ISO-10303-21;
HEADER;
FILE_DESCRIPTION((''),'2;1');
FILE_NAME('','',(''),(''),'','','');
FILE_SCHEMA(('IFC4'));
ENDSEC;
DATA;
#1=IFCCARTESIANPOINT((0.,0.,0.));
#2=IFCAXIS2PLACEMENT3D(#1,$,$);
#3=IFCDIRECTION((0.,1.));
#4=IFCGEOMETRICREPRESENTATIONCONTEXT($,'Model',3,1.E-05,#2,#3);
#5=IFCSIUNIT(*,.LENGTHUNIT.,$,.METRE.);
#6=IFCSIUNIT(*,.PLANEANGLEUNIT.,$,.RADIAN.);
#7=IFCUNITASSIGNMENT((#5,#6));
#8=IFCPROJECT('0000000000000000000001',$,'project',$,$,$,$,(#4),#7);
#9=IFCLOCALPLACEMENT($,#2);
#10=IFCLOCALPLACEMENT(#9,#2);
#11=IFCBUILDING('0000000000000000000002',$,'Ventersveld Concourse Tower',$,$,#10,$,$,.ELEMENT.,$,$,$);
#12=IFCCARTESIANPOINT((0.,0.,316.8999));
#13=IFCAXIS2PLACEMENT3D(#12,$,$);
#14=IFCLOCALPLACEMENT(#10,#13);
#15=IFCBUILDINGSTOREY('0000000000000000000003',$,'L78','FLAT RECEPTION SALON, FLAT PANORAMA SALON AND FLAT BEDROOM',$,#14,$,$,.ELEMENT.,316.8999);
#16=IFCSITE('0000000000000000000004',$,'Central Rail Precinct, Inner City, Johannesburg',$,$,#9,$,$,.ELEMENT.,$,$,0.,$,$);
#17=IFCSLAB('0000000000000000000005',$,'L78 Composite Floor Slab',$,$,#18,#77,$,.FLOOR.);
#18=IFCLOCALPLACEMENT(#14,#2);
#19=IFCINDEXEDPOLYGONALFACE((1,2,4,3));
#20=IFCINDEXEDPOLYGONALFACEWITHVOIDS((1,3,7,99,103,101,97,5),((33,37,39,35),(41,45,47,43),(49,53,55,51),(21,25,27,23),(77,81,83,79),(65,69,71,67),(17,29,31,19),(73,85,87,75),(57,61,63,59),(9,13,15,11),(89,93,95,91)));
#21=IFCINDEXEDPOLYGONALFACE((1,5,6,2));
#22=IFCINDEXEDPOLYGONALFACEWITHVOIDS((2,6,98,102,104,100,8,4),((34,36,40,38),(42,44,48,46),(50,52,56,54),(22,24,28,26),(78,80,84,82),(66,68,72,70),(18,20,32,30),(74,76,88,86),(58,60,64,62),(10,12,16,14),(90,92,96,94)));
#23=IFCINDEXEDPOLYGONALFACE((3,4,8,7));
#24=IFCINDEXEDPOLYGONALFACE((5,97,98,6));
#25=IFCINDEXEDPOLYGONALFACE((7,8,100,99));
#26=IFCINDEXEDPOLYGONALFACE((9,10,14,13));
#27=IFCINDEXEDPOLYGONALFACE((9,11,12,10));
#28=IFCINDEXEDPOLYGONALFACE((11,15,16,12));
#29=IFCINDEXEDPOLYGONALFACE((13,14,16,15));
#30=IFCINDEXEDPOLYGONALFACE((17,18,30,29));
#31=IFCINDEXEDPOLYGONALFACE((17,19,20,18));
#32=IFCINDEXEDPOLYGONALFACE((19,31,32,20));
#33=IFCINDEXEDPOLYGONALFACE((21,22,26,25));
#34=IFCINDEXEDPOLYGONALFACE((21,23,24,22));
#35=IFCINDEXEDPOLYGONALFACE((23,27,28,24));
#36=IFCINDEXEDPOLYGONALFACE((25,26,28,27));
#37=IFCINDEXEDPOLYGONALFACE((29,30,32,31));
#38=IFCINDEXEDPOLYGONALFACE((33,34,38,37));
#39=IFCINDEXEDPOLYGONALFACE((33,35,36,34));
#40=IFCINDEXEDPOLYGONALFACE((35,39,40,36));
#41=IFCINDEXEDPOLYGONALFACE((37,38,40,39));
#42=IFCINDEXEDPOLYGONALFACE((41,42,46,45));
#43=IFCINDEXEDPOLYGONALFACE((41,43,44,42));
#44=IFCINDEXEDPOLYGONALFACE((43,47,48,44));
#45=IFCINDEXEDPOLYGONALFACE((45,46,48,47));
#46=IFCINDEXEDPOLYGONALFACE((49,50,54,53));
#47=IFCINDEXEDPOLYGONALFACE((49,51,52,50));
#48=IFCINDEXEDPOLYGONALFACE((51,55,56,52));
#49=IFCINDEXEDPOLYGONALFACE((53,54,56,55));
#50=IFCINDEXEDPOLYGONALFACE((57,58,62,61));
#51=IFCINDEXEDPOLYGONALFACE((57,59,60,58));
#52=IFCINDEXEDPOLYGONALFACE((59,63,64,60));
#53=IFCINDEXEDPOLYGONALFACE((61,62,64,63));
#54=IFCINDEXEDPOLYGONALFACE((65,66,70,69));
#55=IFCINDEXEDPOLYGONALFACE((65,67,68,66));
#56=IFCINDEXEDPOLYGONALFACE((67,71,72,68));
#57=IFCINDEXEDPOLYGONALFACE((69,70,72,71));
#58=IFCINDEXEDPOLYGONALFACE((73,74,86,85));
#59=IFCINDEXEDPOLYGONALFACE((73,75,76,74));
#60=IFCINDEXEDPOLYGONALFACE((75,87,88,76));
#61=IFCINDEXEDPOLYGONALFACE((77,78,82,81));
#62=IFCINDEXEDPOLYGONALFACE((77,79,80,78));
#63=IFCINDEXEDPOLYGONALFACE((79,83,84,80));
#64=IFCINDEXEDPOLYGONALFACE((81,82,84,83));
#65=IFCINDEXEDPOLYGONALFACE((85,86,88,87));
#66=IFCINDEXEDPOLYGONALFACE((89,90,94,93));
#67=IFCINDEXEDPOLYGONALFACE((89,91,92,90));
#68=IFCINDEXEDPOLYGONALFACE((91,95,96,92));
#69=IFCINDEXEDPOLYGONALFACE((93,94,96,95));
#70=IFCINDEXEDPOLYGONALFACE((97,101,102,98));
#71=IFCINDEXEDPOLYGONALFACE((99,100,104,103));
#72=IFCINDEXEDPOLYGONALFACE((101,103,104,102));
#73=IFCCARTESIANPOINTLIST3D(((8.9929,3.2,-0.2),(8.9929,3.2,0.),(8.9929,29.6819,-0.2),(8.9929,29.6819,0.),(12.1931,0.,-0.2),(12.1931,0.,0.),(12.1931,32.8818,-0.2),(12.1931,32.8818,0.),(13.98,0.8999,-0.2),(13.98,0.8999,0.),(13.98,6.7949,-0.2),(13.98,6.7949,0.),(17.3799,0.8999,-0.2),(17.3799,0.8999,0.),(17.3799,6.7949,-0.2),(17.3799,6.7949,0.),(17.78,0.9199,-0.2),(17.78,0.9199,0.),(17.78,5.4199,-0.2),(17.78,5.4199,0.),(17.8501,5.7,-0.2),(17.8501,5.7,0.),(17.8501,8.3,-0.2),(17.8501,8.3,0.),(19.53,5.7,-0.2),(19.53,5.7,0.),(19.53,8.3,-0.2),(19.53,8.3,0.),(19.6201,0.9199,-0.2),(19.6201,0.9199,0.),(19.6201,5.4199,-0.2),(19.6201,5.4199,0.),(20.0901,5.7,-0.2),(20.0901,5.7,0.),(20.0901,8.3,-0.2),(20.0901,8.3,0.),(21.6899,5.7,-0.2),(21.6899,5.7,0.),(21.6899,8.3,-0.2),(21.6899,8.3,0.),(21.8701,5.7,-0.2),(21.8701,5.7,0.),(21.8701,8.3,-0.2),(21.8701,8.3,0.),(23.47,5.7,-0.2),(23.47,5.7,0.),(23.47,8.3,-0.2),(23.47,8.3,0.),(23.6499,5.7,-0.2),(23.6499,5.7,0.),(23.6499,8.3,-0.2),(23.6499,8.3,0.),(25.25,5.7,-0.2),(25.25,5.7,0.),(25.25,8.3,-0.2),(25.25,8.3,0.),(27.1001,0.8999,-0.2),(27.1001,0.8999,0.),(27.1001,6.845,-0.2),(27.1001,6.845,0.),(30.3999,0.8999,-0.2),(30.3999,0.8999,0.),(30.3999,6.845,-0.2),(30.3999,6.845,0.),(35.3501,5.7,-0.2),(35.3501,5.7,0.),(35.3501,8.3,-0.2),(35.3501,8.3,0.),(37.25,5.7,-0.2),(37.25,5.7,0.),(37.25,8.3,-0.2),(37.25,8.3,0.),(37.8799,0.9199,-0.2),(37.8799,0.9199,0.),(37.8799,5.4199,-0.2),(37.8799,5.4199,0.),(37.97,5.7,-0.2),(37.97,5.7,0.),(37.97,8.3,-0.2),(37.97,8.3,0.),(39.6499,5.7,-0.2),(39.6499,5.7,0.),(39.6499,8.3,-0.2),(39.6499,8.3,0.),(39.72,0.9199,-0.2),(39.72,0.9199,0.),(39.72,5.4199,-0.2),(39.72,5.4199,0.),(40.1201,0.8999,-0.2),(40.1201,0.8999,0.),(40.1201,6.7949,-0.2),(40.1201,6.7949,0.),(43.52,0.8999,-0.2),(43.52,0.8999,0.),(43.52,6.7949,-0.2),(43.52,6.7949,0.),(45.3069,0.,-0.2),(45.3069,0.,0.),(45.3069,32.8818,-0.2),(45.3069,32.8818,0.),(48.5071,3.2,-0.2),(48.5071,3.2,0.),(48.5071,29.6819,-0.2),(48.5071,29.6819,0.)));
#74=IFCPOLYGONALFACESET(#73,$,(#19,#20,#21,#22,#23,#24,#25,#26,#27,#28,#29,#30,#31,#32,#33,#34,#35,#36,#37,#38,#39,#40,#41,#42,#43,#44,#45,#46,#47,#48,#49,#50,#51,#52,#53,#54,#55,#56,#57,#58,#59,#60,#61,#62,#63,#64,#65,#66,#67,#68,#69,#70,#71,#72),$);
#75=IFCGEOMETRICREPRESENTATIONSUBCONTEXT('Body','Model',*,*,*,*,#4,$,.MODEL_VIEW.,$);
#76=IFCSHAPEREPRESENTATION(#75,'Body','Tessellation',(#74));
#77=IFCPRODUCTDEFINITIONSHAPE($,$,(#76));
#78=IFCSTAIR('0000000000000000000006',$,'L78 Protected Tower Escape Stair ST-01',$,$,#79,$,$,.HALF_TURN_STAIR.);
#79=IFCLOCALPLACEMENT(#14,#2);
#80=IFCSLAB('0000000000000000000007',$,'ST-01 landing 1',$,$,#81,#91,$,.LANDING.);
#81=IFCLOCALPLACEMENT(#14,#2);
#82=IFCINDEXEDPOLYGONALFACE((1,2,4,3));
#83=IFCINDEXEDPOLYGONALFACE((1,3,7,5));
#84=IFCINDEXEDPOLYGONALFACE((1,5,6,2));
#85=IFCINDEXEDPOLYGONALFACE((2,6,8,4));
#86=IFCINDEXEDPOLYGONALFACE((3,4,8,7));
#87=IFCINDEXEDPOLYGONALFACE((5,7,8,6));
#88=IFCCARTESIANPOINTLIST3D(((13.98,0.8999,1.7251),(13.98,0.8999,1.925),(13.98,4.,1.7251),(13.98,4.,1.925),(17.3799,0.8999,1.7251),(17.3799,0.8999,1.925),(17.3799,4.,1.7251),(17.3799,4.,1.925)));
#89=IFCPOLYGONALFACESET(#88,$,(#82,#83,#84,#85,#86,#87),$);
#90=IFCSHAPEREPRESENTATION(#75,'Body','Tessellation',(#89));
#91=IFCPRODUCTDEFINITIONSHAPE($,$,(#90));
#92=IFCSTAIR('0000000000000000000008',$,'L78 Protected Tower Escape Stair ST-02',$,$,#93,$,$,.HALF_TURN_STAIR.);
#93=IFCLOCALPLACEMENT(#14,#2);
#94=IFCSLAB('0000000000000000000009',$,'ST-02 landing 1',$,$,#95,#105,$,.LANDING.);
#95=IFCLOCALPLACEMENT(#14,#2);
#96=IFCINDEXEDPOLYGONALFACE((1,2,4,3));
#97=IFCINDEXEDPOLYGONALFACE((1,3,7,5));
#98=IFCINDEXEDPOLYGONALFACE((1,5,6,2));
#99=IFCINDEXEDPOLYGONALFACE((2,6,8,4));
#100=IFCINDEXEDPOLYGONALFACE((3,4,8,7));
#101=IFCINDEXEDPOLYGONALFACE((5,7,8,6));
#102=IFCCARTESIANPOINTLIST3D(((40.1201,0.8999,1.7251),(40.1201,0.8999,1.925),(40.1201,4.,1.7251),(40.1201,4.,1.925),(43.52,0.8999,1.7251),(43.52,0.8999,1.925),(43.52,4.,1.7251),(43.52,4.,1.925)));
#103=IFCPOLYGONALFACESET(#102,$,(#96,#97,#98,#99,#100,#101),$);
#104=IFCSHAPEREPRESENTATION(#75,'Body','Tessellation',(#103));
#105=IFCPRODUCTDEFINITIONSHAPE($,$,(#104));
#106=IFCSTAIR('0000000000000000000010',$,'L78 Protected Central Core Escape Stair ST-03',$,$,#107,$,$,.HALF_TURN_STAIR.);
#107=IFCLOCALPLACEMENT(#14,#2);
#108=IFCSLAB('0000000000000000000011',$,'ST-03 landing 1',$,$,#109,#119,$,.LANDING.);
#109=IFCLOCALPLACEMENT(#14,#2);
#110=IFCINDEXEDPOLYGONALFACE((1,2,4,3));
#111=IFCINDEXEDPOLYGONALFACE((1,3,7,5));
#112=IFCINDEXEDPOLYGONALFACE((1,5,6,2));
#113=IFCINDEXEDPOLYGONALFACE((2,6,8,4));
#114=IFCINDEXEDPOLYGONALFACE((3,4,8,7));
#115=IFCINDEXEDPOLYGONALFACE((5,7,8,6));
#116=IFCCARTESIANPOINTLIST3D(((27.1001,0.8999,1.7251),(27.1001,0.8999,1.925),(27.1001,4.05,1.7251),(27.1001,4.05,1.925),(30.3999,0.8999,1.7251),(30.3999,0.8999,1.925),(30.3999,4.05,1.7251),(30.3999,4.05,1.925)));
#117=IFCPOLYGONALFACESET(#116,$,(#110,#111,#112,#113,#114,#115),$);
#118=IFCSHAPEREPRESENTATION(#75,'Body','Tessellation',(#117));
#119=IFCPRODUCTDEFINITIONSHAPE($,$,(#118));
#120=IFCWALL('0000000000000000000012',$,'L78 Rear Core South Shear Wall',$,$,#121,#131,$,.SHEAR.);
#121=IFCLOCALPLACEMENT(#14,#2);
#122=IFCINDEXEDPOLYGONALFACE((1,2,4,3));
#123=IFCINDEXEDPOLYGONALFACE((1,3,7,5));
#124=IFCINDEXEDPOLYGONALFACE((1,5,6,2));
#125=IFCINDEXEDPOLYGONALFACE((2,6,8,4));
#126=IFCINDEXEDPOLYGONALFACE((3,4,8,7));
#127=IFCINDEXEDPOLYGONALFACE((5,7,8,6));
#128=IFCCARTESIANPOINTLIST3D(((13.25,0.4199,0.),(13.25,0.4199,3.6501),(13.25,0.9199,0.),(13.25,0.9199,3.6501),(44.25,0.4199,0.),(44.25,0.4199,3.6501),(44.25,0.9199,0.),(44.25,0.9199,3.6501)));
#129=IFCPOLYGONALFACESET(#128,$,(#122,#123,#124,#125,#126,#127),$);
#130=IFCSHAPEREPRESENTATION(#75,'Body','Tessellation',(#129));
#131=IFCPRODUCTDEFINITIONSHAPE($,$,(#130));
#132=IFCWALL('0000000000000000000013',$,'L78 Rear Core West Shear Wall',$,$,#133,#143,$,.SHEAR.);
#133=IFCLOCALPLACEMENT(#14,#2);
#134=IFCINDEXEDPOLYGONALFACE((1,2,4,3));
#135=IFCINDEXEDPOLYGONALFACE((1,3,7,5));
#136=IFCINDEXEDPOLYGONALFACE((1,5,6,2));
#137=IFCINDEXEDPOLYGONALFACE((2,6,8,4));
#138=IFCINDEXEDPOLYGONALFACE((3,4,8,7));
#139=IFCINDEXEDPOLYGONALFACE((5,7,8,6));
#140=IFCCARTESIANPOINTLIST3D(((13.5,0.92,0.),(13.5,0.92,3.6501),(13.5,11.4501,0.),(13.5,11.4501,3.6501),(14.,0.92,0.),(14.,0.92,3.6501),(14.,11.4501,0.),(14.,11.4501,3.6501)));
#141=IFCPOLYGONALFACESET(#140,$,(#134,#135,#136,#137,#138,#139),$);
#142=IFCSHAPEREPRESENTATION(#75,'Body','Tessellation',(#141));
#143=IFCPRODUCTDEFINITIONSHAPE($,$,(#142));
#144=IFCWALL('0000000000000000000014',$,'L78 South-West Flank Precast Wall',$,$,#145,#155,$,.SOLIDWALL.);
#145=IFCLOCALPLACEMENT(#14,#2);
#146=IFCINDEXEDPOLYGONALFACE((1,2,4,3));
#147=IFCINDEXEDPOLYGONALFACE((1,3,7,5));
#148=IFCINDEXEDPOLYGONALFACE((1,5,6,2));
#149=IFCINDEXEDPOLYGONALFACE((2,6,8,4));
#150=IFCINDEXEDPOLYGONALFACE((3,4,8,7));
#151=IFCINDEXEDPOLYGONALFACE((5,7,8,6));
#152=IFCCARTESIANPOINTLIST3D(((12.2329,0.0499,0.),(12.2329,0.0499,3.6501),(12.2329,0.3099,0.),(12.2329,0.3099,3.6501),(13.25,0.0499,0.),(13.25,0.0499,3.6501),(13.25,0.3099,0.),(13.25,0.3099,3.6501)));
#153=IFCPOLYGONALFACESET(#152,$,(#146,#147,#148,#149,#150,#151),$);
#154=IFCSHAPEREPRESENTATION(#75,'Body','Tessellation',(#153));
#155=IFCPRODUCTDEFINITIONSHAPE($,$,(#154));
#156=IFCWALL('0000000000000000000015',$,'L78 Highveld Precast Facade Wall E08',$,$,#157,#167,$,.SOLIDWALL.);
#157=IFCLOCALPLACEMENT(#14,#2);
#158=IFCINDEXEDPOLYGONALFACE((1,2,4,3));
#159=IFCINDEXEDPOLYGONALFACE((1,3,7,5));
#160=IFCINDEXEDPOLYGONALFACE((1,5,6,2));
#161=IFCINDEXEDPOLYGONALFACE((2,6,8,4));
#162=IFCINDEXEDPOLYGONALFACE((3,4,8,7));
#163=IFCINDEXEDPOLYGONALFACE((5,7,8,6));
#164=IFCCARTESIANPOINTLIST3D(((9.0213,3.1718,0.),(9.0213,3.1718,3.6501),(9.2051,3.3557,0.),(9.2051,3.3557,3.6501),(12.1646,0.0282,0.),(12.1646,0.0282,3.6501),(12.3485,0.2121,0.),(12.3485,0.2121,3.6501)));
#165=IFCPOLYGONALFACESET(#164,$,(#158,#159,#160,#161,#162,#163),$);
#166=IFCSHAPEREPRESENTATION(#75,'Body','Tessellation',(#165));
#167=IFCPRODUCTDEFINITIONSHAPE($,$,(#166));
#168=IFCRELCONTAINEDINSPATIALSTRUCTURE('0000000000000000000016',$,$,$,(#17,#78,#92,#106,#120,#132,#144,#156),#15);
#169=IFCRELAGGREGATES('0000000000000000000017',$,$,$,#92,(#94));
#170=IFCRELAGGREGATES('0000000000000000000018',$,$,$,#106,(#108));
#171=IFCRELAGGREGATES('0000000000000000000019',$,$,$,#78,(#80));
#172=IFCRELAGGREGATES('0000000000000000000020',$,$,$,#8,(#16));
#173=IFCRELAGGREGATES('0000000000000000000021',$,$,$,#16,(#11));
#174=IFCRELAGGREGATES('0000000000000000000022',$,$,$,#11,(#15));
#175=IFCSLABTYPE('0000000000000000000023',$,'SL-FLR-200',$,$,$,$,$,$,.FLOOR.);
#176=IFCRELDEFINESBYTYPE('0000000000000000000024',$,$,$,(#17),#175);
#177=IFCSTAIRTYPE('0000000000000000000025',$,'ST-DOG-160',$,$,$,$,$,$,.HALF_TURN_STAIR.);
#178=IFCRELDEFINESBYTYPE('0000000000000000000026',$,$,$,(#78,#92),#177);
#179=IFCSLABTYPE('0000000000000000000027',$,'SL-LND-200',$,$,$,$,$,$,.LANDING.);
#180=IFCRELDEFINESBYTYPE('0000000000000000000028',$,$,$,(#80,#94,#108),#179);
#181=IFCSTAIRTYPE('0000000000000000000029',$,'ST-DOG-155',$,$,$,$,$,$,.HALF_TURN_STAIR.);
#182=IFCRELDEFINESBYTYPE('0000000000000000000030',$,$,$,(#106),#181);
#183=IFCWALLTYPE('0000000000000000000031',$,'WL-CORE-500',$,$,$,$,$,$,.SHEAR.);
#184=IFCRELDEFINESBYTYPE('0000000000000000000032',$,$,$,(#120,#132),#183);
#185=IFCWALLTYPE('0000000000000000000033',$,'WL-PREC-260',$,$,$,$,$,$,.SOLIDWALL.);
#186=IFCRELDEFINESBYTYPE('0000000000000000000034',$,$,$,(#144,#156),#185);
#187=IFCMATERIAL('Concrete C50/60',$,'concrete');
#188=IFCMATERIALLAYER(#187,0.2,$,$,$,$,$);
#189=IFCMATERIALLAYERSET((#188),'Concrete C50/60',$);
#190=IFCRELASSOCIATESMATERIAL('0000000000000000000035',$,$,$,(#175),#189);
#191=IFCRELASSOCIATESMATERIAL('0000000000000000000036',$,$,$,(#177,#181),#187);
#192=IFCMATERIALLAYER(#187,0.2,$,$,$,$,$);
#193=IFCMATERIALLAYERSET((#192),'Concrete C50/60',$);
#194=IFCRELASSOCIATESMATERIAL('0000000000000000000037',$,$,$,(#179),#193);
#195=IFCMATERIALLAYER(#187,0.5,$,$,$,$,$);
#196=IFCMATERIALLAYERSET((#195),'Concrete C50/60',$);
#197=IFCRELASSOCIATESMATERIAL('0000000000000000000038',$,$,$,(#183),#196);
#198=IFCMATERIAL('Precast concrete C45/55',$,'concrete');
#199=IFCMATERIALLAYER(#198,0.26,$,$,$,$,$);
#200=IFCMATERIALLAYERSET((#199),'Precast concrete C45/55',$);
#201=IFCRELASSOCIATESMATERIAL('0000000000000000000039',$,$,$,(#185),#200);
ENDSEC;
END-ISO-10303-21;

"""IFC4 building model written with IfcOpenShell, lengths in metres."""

from ifc_helpers import new_model, si_unit, direction, frame, frame_2d, origin, place, context, subcontext, project, spatial, polyline, rectangle, outline, extrude, material, layer, layer_set, type_object, element, aggregate, save


model = new_model("IFC4")

# Units and contexts
model_context = context("Model", 3, precision=1e-05, world=origin(), true_north=direction((0.0, 1.0)))
body_context = subcontext(model_context, "Body", "Model", "MODEL_VIEW")
ifc_project = project(units=[si_unit("LENGTHUNIT", "METRE"), si_unit("PLANEANGLEUNIT", "RADIAN")], contexts=[model_context])

# Site, building, storey
site_placement = place(None, origin())
site = spatial("IfcSite", under=ifc_project, at=site_placement, Name="Central Rail Precinct, Inner City, Johannesburg", CompositionType="ELEMENT", RefElevation=0.0)
building_placement = place(site_placement, origin())
building = spatial("IfcBuilding", under=site, at=building_placement, Name="Ventersveld Concourse Tower", CompositionType="ELEMENT")
storey_placement = place(building_placement, frame((0.0, 0.0, 316.8999)))
storey = spatial("IfcBuildingStorey", under=building, at=storey_placement, Name="L78", Description="FLAT RECEPTION SALON, FLAT PANORAMA SALON AND FLAT BEDROOM", CompositionType="ELEMENT", Elevation=316.8999)

# Shared definitions
ifc_material_1 = material(Name="Concrete C50/60", Category="concrete")

# Slab
ifc_layer_1 = layer(ifc_material_1, 0.2)
ifc_layer_set_1 = layer_set([ifc_layer_1], Name="Concrete C50/60")
slab_type_1 = type_object("IfcSlabType", Name="SL-FLR-200", PredefinedType="FLOOR", material=ifc_layer_set_1)
slab_1_placement = place(storey_placement, frame((0.0, 0.0, -0.2)))
element("IfcSlab", 1, at=slab_1_placement, inside=storey, type_object=slab_type_1, Name="L78 Composite Floor Slab", PredefinedType="FLOOR", context=body_context, shape_type="SweptSolid", body=[
    extrude(outline(polyline([(12.1931, 0.0), (45.3069, 0.0), (48.5071, 3.2), (48.5071, 29.6819), (45.3069, 32.8818), (12.1931, 32.8818), (8.9929, 29.6819), (8.9929, 3.2), (12.1931, 0.0)]), holes=[polyline([(13.98, 6.7949), (13.98, 0.8999), (17.3799, 0.8999), (17.3799, 6.7949), (13.98, 6.7949)]), polyline([(40.1201, 6.7949), (40.1201, 0.8999), (43.52, 0.8999), (43.52, 6.7949), (40.1201, 6.7949)]), polyline([(27.1001, 6.845), (27.1001, 0.8999), (30.3999, 0.8999), (30.3999, 6.845), (27.1001, 6.845)]), polyline([(17.8501, 5.7), (19.53, 5.7), (19.53, 8.3), (17.8501, 8.3), (17.8501, 5.7)]), polyline([(37.97, 5.7), (39.6499, 5.7), (39.6499, 8.3), (37.97, 8.3), (37.97, 5.7)]), polyline([(35.3501, 5.7), (37.25, 5.7), (37.25, 8.3), (35.3501, 8.3), (35.3501, 5.7)]), polyline([(20.0901, 5.7), (21.6899, 5.7), (21.6899, 8.3), (20.0901, 8.3), (20.0901, 5.7)]), polyline([(21.8701, 5.7), (23.47, 5.7), (23.47, 8.3), (21.8701, 8.3), (21.8701, 5.7)]), polyline([(23.6499, 5.7), (25.25, 5.7), (25.25, 8.3), (23.6499, 8.3), (23.6499, 5.7)]), polyline([(17.78, 0.9199), (19.6201, 0.9199), (19.6201, 5.4199), (17.78, 5.4199), (17.78, 0.9199)]), polyline([(37.8799, 0.9199), (39.72, 0.9199), (39.72, 5.4199), (37.8799, 5.4199), (37.8799, 0.9199)])]), origin(), (0.0, 0.0, 1.0), 0.2),
])

# Stairs, slabs
stair_type_1 = type_object("IfcStairType", Name="ST-DOG-160", PredefinedType="HALF_TURN_STAIR", material=ifc_material_1)
stair_1_placement = place(storey_placement, origin())
stair_1 = element("IfcStair", 2, at=stair_1_placement, inside=storey, type_object=stair_type_1, Name="L78 Protected Tower Escape Stair ST-01", PredefinedType="HALF_TURN_STAIR")
ifc_layer_2 = layer(ifc_material_1, 0.2)
ifc_layer_set_2 = layer_set([ifc_layer_2], Name="Concrete C50/60")
slab_type_2 = type_object("IfcSlabType", Name="SL-LND-200", PredefinedType="LANDING", material=ifc_layer_set_2)
slab_2_placement = place(storey_placement, frame((0.0, 0.0, 1.7251)))
slab_2 = element("IfcSlab", 3, at=slab_2_placement, type_object=slab_type_2, Name="ST-01 landing 1", PredefinedType="LANDING", context=body_context, shape_type="SweptSolid", body=[
    extrude(outline(polyline([(13.98, 4.0), (13.98, 0.8999), (17.3799, 0.8999), (17.3799, 4.0), (13.98, 4.0)])), origin(), (0.0, 0.0, 1.0), 0.2),
])
stair_2_placement = place(storey_placement, origin())
stair_2 = element("IfcStair", 4, at=stair_2_placement, inside=storey, type_object=stair_type_1, Name="L78 Protected Tower Escape Stair ST-02", PredefinedType="HALF_TURN_STAIR")
slab_3_placement = place(storey_placement, frame((0.0, 0.0, 1.7251)))
slab_3 = element("IfcSlab", 5, at=slab_3_placement, type_object=slab_type_2, Name="ST-02 landing 1", PredefinedType="LANDING", context=body_context, shape_type="SweptSolid", body=[
    extrude(outline(polyline([(40.1201, 4.0), (40.1201, 0.8999), (43.52, 0.8999), (43.52, 4.0), (40.1201, 4.0)])), origin(), (0.0, 0.0, 1.0), 0.2),
])
aggregate(stair_2, [slab_3])
stair_type_2 = type_object("IfcStairType", Name="ST-DOG-155", PredefinedType="HALF_TURN_STAIR", material=ifc_material_1)
stair_3_placement = place(storey_placement, origin())
stair_3 = element("IfcStair", 6, at=stair_3_placement, inside=storey, type_object=stair_type_2, Name="L78 Protected Central Core Escape Stair ST-03", PredefinedType="HALF_TURN_STAIR")
slab_4_placement = place(storey_placement, frame((0.0, 0.0, 1.7251)))
slab_4 = element("IfcSlab", 7, at=slab_4_placement, type_object=slab_type_2, Name="ST-03 landing 1", PredefinedType="LANDING", context=body_context, shape_type="SweptSolid", body=[
    extrude(outline(polyline([(27.1001, 4.05), (27.1001, 0.8999), (30.3999, 0.8999), (30.3999, 4.05), (27.1001, 4.05)])), origin(), (0.0, 0.0, 1.0), 0.2),
])
aggregate(stair_3, [slab_4])

# Walls
ifc_layer_3 = layer(ifc_material_1, 0.5)
ifc_layer_set_3 = layer_set([ifc_layer_3], Name="Concrete C50/60")
wall_type_1 = type_object("IfcWallType", Name="WL-CORE-500", PredefinedType="SHEAR", material=ifc_layer_set_3)
wall_1_placement = place(storey_placement, frame((13.25, 0.6699, 0.0), z_axis=(0.0, 0.0, 1.0), x_axis=(1.0, 0.0, 0.0)))
element("IfcWall", 8, at=wall_1_placement, inside=storey, type_object=wall_type_1, Name="L78 Rear Core South Shear Wall", PredefinedType="SHEAR", context=body_context, shape_type="SweptSolid", body=[
    extrude(rectangle(XDim=31.0, YDim=0.5, at=frame_2d((15.5, 0.0))), origin(), (0.0, 0.0, 1.0), 3.6501),
])
wall_2_placement = place(storey_placement, frame((13.75, 0.9199, 0.0), z_axis=(0.0, 0.0, 1.0), x_axis=(0.0, 1.0, 0.0)))
element("IfcWall", 9, at=wall_2_placement, inside=storey, type_object=wall_type_1, Name="L78 Rear Core West Shear Wall", PredefinedType="SHEAR", context=body_context, shape_type="SweptSolid", body=[
    extrude(rectangle(XDim=10.53, YDim=0.5, at=frame_2d((5.2651, 0.0))), origin(), (0.0, 0.0, 1.0), 3.6501),
])
ifc_material_2 = material(Name="Precast concrete C45/55", Category="concrete")
ifc_layer_4 = layer(ifc_material_2, 0.26)
ifc_layer_set_4 = layer_set([ifc_layer_4], Name="Precast concrete C45/55")
wall_type_2 = type_object("IfcWallType", Name="WL-PREC-260", PredefinedType="SOLIDWALL", material=ifc_layer_set_4)
wall_3_placement = place(storey_placement, frame((12.2329, 0.1799, 0.0), z_axis=(0.0, 0.0, 1.0), x_axis=(1.0, 0.0, 0.0)))
element("IfcWall", 10, at=wall_3_placement, inside=storey, type_object=wall_type_2, Name="L78 South-West Flank Precast Wall", PredefinedType="SOLIDWALL", context=body_context, shape_type="SweptSolid", body=[
    extrude(rectangle(XDim=1.0171, YDim=0.26, at=frame_2d((0.5085, 0.0))), origin(), (0.0, 0.0, 1.0), 3.6501),
])
wall_4_placement = place(storey_placement, frame((9.1133, 3.2637, 0.0), z_axis=(0.0, 0.0, 1.0), x_axis=(0.707079, -0.707134, 0.0)))
element("IfcWall", 11, at=wall_4_placement, inside=storey, type_object=wall_type_2, Name="L78 Highveld Precast Facade Wall E08", PredefinedType="SOLIDWALL", context=body_context, shape_type="SweptSolid", body=[
    extrude(rectangle(XDim=4.4456, YDim=0.26, at=frame_2d((2.2227, 0.0))), origin(), (0.0, 0.0, 1.0), 3.6501),
])

aggregate(stair_1, [slab_2])

save(model, "model.ifc")
